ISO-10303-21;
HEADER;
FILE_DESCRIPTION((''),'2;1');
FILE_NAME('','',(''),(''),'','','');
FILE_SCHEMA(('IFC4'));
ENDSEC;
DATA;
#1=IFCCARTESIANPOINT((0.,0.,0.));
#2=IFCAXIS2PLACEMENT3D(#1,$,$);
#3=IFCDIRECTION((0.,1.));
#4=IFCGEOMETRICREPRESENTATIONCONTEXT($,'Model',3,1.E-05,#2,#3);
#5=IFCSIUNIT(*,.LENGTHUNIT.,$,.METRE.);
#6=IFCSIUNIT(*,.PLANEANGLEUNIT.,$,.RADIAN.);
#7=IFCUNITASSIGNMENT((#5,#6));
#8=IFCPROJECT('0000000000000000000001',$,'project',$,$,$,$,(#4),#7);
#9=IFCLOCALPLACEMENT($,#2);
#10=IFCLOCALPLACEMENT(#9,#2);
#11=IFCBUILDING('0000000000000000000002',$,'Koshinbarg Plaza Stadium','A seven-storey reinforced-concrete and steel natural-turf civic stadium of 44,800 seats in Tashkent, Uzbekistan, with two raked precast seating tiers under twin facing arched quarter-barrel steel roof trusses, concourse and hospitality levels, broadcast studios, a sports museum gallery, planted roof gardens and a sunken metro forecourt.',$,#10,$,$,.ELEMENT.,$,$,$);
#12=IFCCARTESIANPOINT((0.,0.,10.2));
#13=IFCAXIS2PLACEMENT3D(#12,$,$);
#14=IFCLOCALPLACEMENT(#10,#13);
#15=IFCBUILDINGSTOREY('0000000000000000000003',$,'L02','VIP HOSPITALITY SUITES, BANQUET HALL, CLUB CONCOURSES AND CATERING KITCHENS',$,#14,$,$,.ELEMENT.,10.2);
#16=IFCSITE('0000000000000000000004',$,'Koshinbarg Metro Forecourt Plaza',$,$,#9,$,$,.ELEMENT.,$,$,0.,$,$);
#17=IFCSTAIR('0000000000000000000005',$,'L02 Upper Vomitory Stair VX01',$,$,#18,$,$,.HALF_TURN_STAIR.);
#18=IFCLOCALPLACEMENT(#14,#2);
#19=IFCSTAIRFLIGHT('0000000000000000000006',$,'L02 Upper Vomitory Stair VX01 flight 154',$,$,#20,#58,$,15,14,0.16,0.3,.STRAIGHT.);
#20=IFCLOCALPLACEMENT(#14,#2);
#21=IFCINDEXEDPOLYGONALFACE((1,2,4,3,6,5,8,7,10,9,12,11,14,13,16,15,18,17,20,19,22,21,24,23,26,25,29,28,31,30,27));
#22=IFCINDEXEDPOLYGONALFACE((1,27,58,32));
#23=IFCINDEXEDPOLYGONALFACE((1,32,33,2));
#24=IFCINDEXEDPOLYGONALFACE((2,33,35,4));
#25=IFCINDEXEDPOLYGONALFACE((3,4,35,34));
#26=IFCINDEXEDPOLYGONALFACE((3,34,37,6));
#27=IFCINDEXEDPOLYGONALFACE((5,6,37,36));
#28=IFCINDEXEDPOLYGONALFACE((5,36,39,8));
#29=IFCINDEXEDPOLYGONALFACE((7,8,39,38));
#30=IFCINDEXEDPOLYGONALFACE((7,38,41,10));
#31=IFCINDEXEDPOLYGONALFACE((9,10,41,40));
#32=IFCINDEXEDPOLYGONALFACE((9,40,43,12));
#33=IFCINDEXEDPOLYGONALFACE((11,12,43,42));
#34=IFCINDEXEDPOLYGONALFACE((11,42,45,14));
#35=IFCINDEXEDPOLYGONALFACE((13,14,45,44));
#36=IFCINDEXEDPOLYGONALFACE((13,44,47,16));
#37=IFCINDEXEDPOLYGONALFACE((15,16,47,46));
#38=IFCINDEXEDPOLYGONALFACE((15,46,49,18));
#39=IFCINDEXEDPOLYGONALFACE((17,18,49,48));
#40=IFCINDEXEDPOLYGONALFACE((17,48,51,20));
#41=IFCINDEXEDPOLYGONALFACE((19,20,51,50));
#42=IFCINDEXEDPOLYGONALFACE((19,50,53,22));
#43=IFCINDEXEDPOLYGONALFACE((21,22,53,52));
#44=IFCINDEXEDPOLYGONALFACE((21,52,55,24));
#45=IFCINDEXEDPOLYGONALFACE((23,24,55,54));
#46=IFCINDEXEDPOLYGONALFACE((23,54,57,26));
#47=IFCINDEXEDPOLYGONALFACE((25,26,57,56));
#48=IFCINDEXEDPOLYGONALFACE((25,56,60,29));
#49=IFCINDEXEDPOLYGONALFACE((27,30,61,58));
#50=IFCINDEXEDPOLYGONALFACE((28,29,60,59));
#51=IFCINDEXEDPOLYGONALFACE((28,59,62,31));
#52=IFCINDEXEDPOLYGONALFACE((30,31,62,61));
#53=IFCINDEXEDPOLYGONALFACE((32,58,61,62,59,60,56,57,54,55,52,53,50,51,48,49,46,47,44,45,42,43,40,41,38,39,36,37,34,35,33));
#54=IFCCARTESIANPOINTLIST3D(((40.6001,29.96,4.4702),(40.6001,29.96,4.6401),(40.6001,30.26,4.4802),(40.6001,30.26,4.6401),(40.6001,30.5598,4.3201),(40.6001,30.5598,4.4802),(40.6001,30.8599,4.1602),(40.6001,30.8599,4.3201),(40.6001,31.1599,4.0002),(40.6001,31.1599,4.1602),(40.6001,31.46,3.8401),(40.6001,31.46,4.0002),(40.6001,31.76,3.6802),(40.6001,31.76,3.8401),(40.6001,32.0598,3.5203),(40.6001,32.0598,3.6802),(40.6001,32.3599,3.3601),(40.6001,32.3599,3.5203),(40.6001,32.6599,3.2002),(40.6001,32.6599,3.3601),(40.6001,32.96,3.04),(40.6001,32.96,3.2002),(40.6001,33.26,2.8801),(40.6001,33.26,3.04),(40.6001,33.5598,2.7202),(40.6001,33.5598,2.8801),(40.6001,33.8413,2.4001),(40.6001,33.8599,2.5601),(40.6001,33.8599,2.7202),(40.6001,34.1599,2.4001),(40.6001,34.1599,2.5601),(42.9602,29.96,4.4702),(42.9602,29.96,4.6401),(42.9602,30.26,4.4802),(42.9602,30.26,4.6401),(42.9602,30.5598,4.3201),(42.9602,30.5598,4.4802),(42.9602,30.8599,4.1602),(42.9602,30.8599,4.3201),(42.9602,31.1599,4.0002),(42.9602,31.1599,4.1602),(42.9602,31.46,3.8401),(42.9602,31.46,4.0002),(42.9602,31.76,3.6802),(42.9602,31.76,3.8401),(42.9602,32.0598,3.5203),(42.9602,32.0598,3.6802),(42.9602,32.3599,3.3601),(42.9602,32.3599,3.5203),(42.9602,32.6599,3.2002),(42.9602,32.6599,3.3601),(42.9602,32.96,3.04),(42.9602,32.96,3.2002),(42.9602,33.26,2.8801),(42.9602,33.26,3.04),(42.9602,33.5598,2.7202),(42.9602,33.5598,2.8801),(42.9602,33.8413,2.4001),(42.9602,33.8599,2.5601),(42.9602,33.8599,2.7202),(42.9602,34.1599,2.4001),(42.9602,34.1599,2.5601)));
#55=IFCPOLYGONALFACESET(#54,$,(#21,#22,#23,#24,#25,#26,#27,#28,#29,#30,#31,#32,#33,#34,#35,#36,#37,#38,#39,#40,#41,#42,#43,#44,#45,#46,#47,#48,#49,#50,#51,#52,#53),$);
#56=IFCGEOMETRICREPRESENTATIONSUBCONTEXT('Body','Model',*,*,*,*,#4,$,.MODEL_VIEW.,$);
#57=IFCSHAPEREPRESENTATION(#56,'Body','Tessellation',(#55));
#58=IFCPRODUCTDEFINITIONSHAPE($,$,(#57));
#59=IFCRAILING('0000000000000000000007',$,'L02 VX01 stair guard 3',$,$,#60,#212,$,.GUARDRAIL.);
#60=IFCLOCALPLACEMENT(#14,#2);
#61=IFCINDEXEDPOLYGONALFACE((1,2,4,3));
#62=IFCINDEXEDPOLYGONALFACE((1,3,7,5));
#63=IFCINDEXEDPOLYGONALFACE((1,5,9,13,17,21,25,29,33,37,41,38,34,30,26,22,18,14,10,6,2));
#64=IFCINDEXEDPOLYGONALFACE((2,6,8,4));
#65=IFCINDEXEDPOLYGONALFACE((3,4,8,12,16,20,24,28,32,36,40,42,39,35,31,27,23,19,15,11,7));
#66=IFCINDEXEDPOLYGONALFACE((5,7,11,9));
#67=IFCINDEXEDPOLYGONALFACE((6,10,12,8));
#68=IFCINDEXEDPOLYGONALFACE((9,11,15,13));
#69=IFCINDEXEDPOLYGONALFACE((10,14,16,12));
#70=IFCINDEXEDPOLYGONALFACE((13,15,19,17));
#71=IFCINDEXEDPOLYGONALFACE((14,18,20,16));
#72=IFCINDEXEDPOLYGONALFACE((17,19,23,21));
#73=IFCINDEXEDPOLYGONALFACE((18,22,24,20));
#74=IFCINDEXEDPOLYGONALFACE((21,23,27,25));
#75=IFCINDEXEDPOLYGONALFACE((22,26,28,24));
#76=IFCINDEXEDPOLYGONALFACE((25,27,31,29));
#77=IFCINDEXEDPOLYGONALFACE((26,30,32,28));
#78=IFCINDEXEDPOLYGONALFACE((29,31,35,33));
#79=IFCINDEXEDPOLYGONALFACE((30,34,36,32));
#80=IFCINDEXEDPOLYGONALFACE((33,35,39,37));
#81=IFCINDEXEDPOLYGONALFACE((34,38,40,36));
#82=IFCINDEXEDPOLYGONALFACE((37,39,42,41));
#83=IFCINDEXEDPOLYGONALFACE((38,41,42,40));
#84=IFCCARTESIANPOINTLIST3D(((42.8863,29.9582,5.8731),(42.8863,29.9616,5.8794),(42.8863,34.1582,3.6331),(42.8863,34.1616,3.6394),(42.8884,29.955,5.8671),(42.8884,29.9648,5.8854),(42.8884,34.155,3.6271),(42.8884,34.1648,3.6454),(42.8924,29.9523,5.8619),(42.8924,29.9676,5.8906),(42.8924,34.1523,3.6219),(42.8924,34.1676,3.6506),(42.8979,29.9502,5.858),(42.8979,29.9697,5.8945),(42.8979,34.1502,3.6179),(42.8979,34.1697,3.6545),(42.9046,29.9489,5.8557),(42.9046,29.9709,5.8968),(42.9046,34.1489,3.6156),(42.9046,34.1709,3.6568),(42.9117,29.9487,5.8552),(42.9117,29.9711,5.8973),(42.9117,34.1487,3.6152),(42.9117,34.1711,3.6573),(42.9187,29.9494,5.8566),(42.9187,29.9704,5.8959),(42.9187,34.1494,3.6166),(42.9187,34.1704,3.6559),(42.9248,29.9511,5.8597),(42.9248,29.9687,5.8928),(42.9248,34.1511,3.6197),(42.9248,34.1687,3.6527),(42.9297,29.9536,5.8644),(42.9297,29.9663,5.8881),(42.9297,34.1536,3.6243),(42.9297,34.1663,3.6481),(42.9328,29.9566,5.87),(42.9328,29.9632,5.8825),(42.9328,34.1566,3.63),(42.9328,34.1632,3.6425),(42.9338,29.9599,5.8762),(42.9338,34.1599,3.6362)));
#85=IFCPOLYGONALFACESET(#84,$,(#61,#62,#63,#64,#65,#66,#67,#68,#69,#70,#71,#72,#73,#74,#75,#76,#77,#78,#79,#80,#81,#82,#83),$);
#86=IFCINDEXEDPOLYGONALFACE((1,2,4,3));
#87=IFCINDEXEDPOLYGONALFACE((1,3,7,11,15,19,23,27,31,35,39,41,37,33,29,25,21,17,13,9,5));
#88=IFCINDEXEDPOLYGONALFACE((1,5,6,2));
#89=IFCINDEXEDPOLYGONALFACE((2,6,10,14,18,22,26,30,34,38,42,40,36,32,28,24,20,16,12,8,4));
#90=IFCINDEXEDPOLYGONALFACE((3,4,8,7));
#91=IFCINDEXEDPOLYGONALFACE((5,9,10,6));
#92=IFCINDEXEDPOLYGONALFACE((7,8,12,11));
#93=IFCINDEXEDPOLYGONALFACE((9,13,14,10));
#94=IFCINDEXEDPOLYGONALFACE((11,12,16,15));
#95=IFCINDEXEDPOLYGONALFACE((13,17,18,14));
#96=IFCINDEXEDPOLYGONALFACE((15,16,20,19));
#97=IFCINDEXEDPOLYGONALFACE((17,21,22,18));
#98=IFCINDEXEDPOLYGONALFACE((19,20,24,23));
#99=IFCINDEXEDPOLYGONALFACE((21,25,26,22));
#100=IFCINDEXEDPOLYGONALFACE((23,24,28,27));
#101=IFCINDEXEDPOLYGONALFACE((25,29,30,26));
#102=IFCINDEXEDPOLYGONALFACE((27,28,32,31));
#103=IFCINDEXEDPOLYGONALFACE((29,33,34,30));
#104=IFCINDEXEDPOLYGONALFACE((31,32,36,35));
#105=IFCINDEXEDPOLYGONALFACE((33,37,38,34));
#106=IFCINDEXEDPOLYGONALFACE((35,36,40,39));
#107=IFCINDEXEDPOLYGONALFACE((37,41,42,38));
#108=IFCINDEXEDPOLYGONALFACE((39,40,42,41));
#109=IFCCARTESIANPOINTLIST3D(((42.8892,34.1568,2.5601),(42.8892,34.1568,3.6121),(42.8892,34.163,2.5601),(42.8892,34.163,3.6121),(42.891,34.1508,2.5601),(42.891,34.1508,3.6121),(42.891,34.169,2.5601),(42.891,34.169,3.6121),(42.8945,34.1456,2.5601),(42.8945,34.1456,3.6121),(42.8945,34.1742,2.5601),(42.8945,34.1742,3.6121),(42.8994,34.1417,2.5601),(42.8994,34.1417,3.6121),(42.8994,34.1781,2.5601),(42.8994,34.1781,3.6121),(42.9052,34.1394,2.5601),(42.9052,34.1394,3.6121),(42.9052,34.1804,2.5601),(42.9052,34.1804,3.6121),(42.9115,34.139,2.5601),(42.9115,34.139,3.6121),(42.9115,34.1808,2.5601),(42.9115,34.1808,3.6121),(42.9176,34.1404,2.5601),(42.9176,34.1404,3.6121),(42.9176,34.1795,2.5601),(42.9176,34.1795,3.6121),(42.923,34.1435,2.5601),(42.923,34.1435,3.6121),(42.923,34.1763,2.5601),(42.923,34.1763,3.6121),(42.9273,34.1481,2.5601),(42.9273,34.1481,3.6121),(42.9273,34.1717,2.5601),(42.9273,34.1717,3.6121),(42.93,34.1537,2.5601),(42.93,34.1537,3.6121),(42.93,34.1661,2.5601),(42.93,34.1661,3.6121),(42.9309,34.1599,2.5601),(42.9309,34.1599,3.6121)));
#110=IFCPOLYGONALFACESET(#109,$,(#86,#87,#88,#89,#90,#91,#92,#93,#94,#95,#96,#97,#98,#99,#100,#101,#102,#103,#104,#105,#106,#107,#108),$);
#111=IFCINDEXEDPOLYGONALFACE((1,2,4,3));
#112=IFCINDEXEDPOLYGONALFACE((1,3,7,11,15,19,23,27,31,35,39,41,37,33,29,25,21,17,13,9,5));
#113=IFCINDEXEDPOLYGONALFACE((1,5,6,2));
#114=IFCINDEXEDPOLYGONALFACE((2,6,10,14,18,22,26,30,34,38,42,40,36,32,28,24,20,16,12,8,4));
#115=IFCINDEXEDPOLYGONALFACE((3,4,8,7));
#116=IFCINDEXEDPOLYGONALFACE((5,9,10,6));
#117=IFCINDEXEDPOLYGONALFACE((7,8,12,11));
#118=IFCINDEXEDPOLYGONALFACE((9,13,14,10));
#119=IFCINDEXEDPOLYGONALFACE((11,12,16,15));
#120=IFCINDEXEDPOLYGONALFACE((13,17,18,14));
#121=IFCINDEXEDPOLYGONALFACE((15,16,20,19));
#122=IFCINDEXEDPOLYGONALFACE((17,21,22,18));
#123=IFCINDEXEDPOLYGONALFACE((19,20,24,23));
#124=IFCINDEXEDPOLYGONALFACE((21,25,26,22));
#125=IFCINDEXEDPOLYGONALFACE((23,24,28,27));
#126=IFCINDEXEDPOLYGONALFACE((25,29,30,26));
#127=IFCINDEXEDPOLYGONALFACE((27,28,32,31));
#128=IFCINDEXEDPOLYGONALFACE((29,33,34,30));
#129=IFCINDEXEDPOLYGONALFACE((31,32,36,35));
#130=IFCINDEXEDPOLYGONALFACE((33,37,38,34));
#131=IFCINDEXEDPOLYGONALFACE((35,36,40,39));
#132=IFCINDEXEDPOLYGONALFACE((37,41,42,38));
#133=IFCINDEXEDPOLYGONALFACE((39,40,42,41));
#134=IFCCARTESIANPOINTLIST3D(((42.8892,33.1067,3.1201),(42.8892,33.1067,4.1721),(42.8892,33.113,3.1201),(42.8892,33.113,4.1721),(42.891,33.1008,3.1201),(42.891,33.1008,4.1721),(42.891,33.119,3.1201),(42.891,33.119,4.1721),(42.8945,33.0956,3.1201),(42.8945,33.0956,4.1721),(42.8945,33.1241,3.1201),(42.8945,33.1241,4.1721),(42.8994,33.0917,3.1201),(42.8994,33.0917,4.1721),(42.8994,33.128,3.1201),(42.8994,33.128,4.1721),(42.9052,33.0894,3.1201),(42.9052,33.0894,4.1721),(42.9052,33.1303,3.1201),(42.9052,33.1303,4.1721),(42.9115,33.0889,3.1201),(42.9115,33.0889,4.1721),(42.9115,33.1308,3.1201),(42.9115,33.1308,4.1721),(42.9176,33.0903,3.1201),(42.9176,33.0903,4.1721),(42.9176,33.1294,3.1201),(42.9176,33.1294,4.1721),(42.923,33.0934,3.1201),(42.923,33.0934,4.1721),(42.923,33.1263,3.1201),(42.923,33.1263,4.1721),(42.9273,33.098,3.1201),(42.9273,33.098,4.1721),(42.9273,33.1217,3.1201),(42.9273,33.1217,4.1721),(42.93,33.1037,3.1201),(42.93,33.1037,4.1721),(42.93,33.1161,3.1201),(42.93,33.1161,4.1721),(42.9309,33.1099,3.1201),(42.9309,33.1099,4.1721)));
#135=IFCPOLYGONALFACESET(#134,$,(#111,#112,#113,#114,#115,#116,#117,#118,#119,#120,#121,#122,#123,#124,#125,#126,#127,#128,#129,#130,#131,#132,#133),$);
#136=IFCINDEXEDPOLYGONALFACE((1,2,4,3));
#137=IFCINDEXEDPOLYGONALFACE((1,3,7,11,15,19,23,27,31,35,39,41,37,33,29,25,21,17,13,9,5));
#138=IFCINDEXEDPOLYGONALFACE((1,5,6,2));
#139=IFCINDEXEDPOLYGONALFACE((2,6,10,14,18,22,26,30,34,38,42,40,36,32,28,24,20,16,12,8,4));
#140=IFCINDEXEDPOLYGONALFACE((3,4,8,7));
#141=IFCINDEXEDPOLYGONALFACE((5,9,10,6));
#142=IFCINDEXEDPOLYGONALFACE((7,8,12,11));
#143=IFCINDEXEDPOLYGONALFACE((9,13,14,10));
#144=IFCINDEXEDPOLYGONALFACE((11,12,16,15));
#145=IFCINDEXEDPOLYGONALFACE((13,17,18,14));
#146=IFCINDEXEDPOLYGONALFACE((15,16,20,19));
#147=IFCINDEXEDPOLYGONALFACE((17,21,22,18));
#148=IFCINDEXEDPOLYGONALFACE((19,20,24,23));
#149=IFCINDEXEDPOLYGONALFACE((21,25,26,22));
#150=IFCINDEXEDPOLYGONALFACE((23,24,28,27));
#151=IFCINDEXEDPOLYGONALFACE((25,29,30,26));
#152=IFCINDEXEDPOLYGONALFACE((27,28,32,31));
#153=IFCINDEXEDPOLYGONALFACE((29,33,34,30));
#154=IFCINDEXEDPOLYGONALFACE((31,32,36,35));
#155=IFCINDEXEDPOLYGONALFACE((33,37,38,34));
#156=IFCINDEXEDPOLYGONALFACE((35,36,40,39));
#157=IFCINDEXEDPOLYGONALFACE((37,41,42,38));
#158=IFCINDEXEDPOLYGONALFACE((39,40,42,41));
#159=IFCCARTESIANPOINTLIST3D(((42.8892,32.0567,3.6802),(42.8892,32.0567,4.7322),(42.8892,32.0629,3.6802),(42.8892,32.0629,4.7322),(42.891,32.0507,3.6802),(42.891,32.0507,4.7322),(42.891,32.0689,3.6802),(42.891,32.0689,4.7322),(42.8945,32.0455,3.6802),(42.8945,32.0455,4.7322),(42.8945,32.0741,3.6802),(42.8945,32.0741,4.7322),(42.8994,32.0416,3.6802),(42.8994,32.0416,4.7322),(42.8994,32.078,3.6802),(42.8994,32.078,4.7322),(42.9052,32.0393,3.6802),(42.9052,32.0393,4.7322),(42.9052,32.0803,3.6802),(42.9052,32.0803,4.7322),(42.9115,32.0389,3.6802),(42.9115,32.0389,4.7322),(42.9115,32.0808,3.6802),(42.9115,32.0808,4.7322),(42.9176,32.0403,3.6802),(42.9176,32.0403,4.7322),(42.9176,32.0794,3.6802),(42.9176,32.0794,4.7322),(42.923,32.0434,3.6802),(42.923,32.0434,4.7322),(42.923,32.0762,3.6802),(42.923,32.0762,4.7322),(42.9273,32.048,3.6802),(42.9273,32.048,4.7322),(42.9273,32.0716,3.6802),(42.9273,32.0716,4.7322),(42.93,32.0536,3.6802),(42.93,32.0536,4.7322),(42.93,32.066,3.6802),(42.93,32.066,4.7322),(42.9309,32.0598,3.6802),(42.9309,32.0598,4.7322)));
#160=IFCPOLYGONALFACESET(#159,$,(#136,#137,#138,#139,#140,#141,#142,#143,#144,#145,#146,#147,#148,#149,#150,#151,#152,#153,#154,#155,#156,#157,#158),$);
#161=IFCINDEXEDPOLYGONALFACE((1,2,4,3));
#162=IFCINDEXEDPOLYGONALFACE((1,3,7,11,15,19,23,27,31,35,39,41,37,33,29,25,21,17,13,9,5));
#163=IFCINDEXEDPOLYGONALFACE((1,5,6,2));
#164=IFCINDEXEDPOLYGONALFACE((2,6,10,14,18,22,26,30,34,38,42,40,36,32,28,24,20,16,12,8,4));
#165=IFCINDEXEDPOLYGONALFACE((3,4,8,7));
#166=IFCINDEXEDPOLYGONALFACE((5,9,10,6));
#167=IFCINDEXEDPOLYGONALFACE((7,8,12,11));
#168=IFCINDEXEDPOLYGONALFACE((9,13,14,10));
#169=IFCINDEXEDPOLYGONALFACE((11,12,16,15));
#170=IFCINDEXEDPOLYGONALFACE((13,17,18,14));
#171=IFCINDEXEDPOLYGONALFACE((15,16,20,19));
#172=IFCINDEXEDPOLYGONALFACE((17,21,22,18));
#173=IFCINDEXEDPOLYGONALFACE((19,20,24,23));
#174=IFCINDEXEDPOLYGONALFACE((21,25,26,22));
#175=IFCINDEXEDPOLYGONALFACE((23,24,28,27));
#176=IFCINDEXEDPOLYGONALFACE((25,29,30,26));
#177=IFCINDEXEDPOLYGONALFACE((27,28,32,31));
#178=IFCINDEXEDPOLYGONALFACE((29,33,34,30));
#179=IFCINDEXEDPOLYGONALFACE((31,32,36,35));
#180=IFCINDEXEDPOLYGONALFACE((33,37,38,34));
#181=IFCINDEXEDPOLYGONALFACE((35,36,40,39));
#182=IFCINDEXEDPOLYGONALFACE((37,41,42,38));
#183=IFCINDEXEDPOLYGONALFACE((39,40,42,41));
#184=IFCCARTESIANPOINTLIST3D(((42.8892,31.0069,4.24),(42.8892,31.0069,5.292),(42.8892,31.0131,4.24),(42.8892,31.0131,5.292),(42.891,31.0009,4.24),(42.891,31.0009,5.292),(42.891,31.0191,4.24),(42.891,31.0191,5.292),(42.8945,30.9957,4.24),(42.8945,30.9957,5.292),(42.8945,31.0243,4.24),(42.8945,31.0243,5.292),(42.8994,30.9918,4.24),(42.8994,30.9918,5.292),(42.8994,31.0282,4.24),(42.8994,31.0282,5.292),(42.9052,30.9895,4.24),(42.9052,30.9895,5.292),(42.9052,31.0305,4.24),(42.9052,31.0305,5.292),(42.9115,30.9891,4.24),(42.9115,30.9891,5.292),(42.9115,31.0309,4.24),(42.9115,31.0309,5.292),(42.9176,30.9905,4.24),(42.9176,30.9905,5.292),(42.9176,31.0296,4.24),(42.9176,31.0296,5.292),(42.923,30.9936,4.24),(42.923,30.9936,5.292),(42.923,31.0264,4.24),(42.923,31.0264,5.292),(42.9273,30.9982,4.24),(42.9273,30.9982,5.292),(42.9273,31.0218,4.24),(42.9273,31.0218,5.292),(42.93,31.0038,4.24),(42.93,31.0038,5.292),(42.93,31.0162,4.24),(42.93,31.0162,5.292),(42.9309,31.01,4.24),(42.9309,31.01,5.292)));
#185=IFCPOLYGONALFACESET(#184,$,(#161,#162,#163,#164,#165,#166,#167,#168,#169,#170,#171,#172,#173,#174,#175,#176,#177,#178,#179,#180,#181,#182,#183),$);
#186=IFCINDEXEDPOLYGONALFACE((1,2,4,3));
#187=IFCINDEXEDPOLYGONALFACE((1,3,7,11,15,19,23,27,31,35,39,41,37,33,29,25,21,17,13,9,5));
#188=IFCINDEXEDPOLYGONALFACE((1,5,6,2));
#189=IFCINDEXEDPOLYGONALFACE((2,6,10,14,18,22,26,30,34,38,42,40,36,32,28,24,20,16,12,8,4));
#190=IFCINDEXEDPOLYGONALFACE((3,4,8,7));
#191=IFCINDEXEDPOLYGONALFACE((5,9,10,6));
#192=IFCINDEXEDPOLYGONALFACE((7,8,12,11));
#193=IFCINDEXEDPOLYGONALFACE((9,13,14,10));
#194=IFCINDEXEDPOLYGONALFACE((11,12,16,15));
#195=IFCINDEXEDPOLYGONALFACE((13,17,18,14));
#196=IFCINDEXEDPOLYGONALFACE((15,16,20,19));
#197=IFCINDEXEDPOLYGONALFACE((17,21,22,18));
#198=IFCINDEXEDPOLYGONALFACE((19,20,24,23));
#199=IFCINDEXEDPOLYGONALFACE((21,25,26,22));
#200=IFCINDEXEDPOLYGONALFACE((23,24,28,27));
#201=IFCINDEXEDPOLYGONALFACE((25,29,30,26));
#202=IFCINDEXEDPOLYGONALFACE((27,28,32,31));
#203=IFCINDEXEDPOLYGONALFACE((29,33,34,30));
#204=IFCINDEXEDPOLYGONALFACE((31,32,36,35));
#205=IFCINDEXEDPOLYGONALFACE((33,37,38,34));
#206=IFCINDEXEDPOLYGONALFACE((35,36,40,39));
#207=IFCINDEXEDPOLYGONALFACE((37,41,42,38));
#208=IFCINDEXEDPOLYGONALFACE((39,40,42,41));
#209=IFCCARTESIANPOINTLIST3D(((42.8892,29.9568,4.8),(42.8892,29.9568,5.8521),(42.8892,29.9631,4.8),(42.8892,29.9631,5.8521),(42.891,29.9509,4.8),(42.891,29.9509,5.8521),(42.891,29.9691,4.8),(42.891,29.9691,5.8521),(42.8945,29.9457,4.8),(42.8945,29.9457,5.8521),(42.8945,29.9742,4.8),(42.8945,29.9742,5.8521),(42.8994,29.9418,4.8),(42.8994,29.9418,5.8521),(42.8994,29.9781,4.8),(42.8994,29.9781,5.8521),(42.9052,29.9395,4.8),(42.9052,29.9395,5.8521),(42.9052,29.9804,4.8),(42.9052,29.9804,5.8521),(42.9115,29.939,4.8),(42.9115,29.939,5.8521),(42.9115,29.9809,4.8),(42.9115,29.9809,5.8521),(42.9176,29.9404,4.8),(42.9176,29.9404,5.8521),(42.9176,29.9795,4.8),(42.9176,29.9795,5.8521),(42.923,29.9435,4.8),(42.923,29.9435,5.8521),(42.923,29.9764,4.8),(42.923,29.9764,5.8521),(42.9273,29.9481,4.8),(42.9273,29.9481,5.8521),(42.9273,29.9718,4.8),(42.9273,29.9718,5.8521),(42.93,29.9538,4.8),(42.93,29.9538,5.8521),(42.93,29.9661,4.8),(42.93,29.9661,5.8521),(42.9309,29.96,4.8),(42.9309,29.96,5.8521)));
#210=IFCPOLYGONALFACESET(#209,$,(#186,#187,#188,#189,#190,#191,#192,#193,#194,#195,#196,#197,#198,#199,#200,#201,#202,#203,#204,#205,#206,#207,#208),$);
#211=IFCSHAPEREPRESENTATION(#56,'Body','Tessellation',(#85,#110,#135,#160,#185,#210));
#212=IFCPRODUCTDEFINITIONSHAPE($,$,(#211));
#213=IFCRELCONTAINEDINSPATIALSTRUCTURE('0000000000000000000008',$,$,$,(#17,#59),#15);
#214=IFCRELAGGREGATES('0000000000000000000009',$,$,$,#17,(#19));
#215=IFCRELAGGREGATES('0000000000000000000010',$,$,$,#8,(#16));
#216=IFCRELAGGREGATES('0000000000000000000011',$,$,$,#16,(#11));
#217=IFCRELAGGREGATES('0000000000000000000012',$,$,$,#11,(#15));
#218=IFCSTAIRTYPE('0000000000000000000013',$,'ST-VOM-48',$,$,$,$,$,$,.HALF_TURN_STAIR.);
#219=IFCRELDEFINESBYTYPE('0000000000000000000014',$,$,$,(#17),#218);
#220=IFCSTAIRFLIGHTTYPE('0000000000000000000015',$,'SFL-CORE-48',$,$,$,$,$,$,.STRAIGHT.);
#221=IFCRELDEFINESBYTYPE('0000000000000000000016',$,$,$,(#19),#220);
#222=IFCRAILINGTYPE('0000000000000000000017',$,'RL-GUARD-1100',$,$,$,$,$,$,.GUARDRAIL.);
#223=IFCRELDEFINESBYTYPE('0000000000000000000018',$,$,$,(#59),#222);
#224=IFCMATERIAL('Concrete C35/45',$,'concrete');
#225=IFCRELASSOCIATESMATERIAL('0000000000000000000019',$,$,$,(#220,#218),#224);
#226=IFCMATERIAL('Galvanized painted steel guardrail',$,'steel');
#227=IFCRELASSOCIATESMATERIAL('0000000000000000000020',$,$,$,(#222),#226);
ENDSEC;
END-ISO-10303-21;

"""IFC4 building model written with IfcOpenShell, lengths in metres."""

from ifc_helpers import new_model, si_unit, direction, frame, origin, origin_2d, place, context, subcontext, project, spatial, polyline, circle, outline, extrude, material, type_object, element, aggregate, save


model = new_model("IFC4")

# Units and contexts
model_context = context("Model", 3, precision=1e-05, world=origin(), true_north=direction((0.0, 1.0)))
body_context = subcontext(model_context, "Body", "Model", "MODEL_VIEW")
ifc_project = project(units=[si_unit("LENGTHUNIT", "METRE"), si_unit("PLANEANGLEUNIT", "RADIAN")], contexts=[model_context])

# Site, building, storey
site_placement = place(None, origin())
site = spatial("IfcSite", under=ifc_project, at=site_placement, Name="Koshinbarg Metro Forecourt Plaza", CompositionType="ELEMENT", RefElevation=0.0)
building_placement = place(site_placement, origin())
building = spatial("IfcBuilding", under=site, at=building_placement, Name="Koshinbarg Plaza Stadium", Description="A seven-storey reinforced-concrete and steel natural-turf civic stadium of 44,800 seats in Tashkent, Uzbekistan, with two raked precast seating tiers under twin facing arched quarter-barrel steel roof trusses, concourse and hospitality levels, broadcast studios, a sports museum gallery, planted roof gardens and a sunken metro forecourt.", CompositionType="ELEMENT")
storey_placement = place(building_placement, frame((0.0, 0.0, 10.2)))
storey = spatial("IfcBuildingStorey", under=building, at=storey_placement, Name="L02", Description="VIP HOSPITALITY SUITES, BANQUET HALL, CLUB CONCOURSES AND CATERING KITCHENS", CompositionType="ELEMENT", Elevation=10.2)

# Stair, stair flight
ifc_material_1 = material(Name="Concrete C35/45", Category="concrete")
stair_flight_type = type_object("IfcStairFlightType", Name="SFL-CORE-48", PredefinedType="STRAIGHT", material=ifc_material_1)
stair_type_1 = type_object("IfcStairType", Name="ST-VOM-48", PredefinedType="HALF_TURN_STAIR", material=ifc_material_1)
stair_1_placement = place(storey_placement, origin())
stair_1 = element("IfcStair", 1, at=stair_1_placement, inside=storey, type_object=stair_type_1, Name="L02 Upper Vomitory Stair VX01", PredefinedType="HALF_TURN_STAIR")
stair_flight_1_placement = place(storey_placement, frame((41.78, 34.1599, 2.4001), z_axis=(0.0, 0.0, 1.0), x_axis=(0.0, -1.0, 0.0)))
stair_flight_1 = element("IfcStairFlight", 2, at=stair_flight_1_placement, type_object=stair_flight_type, Name="L02 Upper Vomitory Stair VX01 flight 154", NumberOfRisers=15, NumberOfTreads=14, PredefinedType="STRAIGHT", RiserHeight=0.16, TreadLength=0.3, context=body_context, shape_type="SweptSolid", body=[
    extrude(outline(polyline([(0.0, 0.0), (0.0, 0.1599), (0.3, 0.1599), (0.3, 0.3201), (0.6001, 0.3201), (0.6001, 0.48), (0.8999, 0.48), (0.8999, 0.6399), (1.2, 0.6399), (1.2, 0.8), (1.5, 0.8), (1.5, 0.96), (1.8, 0.96), (1.8, 1.1201), (2.1001, 1.1201), (2.1001, 1.28), (2.3999, 1.28), (2.3999, 1.4399), (2.7, 1.4399), (2.7, 1.6001), (3.0, 1.6001), (3.0, 1.76), (3.3, 1.76), (3.3, 1.9199), (3.6001, 1.9199), (3.6001, 2.0801), (3.8999, 2.0801), (3.8999, 2.24), (4.2, 2.24), (4.2, 2.3999), (4.2, 2.0701), (0.3186, 0.0), (0.0, 0.0)])), frame((0.0, 1.1802, 0.0), z_axis=(0.0, -1.0, 0.0), x_axis=(1.0, 0.0, 0.0)), (0.0, 0.0, 1.0), 2.3601),
])
aggregate(stair_1, [stair_flight_1])

# Railing
ifc_material_2 = material(Name="Galvanized painted steel guardrail", Category="steel")
railing_type_1 = type_object("IfcRailingType", Name="RL-GUARD-1100", PredefinedType="GUARDRAIL", material=ifc_material_2)
railing_1_placement = place(storey_placement, frame((42.9099, 34.1599, 2.5601)))
element("IfcRailing", 3, at=railing_1_placement, inside=storey, type_object=railing_type_1, Name="L02 VX01 stair guard 3", PredefinedType="GUARDRAIL", context=body_context, shape_type="SweptSolid", body=[
    extrude(circle(Radius=0.0239, at=origin_2d()), frame((0.0, 0.0, 1.0762), z_axis=(0.0, -0.882352, 0.470591), x_axis=(1.0, 0.0, 0.0)), (0.0, 0.0, 1.0), 4.76),
    extrude(circle(Radius=0.021, at=origin_2d()), origin(), (0.0, 0.0, 1.0), 1.052),
    extrude(circle(Radius=0.021, at=origin_2d()), frame((0.0, -1.05, 0.5601)), (0.0, 0.0, 1.0), 1.052),
    extrude(circle(Radius=0.021, at=origin_2d()), frame((0.0, -2.1001, 1.1201)), (0.0, 0.0, 1.0), 1.052),
    extrude(circle(Radius=0.021, at=origin_2d()), frame((0.0, -3.1499, 1.6799)), (0.0, 0.0, 1.0), 1.052),
    extrude(circle(Radius=0.021, at=origin_2d()), frame((0.0, -4.2, 2.24)), (0.0, 0.0, 1.0), 1.052),
])

save(model, "model.ifc")
